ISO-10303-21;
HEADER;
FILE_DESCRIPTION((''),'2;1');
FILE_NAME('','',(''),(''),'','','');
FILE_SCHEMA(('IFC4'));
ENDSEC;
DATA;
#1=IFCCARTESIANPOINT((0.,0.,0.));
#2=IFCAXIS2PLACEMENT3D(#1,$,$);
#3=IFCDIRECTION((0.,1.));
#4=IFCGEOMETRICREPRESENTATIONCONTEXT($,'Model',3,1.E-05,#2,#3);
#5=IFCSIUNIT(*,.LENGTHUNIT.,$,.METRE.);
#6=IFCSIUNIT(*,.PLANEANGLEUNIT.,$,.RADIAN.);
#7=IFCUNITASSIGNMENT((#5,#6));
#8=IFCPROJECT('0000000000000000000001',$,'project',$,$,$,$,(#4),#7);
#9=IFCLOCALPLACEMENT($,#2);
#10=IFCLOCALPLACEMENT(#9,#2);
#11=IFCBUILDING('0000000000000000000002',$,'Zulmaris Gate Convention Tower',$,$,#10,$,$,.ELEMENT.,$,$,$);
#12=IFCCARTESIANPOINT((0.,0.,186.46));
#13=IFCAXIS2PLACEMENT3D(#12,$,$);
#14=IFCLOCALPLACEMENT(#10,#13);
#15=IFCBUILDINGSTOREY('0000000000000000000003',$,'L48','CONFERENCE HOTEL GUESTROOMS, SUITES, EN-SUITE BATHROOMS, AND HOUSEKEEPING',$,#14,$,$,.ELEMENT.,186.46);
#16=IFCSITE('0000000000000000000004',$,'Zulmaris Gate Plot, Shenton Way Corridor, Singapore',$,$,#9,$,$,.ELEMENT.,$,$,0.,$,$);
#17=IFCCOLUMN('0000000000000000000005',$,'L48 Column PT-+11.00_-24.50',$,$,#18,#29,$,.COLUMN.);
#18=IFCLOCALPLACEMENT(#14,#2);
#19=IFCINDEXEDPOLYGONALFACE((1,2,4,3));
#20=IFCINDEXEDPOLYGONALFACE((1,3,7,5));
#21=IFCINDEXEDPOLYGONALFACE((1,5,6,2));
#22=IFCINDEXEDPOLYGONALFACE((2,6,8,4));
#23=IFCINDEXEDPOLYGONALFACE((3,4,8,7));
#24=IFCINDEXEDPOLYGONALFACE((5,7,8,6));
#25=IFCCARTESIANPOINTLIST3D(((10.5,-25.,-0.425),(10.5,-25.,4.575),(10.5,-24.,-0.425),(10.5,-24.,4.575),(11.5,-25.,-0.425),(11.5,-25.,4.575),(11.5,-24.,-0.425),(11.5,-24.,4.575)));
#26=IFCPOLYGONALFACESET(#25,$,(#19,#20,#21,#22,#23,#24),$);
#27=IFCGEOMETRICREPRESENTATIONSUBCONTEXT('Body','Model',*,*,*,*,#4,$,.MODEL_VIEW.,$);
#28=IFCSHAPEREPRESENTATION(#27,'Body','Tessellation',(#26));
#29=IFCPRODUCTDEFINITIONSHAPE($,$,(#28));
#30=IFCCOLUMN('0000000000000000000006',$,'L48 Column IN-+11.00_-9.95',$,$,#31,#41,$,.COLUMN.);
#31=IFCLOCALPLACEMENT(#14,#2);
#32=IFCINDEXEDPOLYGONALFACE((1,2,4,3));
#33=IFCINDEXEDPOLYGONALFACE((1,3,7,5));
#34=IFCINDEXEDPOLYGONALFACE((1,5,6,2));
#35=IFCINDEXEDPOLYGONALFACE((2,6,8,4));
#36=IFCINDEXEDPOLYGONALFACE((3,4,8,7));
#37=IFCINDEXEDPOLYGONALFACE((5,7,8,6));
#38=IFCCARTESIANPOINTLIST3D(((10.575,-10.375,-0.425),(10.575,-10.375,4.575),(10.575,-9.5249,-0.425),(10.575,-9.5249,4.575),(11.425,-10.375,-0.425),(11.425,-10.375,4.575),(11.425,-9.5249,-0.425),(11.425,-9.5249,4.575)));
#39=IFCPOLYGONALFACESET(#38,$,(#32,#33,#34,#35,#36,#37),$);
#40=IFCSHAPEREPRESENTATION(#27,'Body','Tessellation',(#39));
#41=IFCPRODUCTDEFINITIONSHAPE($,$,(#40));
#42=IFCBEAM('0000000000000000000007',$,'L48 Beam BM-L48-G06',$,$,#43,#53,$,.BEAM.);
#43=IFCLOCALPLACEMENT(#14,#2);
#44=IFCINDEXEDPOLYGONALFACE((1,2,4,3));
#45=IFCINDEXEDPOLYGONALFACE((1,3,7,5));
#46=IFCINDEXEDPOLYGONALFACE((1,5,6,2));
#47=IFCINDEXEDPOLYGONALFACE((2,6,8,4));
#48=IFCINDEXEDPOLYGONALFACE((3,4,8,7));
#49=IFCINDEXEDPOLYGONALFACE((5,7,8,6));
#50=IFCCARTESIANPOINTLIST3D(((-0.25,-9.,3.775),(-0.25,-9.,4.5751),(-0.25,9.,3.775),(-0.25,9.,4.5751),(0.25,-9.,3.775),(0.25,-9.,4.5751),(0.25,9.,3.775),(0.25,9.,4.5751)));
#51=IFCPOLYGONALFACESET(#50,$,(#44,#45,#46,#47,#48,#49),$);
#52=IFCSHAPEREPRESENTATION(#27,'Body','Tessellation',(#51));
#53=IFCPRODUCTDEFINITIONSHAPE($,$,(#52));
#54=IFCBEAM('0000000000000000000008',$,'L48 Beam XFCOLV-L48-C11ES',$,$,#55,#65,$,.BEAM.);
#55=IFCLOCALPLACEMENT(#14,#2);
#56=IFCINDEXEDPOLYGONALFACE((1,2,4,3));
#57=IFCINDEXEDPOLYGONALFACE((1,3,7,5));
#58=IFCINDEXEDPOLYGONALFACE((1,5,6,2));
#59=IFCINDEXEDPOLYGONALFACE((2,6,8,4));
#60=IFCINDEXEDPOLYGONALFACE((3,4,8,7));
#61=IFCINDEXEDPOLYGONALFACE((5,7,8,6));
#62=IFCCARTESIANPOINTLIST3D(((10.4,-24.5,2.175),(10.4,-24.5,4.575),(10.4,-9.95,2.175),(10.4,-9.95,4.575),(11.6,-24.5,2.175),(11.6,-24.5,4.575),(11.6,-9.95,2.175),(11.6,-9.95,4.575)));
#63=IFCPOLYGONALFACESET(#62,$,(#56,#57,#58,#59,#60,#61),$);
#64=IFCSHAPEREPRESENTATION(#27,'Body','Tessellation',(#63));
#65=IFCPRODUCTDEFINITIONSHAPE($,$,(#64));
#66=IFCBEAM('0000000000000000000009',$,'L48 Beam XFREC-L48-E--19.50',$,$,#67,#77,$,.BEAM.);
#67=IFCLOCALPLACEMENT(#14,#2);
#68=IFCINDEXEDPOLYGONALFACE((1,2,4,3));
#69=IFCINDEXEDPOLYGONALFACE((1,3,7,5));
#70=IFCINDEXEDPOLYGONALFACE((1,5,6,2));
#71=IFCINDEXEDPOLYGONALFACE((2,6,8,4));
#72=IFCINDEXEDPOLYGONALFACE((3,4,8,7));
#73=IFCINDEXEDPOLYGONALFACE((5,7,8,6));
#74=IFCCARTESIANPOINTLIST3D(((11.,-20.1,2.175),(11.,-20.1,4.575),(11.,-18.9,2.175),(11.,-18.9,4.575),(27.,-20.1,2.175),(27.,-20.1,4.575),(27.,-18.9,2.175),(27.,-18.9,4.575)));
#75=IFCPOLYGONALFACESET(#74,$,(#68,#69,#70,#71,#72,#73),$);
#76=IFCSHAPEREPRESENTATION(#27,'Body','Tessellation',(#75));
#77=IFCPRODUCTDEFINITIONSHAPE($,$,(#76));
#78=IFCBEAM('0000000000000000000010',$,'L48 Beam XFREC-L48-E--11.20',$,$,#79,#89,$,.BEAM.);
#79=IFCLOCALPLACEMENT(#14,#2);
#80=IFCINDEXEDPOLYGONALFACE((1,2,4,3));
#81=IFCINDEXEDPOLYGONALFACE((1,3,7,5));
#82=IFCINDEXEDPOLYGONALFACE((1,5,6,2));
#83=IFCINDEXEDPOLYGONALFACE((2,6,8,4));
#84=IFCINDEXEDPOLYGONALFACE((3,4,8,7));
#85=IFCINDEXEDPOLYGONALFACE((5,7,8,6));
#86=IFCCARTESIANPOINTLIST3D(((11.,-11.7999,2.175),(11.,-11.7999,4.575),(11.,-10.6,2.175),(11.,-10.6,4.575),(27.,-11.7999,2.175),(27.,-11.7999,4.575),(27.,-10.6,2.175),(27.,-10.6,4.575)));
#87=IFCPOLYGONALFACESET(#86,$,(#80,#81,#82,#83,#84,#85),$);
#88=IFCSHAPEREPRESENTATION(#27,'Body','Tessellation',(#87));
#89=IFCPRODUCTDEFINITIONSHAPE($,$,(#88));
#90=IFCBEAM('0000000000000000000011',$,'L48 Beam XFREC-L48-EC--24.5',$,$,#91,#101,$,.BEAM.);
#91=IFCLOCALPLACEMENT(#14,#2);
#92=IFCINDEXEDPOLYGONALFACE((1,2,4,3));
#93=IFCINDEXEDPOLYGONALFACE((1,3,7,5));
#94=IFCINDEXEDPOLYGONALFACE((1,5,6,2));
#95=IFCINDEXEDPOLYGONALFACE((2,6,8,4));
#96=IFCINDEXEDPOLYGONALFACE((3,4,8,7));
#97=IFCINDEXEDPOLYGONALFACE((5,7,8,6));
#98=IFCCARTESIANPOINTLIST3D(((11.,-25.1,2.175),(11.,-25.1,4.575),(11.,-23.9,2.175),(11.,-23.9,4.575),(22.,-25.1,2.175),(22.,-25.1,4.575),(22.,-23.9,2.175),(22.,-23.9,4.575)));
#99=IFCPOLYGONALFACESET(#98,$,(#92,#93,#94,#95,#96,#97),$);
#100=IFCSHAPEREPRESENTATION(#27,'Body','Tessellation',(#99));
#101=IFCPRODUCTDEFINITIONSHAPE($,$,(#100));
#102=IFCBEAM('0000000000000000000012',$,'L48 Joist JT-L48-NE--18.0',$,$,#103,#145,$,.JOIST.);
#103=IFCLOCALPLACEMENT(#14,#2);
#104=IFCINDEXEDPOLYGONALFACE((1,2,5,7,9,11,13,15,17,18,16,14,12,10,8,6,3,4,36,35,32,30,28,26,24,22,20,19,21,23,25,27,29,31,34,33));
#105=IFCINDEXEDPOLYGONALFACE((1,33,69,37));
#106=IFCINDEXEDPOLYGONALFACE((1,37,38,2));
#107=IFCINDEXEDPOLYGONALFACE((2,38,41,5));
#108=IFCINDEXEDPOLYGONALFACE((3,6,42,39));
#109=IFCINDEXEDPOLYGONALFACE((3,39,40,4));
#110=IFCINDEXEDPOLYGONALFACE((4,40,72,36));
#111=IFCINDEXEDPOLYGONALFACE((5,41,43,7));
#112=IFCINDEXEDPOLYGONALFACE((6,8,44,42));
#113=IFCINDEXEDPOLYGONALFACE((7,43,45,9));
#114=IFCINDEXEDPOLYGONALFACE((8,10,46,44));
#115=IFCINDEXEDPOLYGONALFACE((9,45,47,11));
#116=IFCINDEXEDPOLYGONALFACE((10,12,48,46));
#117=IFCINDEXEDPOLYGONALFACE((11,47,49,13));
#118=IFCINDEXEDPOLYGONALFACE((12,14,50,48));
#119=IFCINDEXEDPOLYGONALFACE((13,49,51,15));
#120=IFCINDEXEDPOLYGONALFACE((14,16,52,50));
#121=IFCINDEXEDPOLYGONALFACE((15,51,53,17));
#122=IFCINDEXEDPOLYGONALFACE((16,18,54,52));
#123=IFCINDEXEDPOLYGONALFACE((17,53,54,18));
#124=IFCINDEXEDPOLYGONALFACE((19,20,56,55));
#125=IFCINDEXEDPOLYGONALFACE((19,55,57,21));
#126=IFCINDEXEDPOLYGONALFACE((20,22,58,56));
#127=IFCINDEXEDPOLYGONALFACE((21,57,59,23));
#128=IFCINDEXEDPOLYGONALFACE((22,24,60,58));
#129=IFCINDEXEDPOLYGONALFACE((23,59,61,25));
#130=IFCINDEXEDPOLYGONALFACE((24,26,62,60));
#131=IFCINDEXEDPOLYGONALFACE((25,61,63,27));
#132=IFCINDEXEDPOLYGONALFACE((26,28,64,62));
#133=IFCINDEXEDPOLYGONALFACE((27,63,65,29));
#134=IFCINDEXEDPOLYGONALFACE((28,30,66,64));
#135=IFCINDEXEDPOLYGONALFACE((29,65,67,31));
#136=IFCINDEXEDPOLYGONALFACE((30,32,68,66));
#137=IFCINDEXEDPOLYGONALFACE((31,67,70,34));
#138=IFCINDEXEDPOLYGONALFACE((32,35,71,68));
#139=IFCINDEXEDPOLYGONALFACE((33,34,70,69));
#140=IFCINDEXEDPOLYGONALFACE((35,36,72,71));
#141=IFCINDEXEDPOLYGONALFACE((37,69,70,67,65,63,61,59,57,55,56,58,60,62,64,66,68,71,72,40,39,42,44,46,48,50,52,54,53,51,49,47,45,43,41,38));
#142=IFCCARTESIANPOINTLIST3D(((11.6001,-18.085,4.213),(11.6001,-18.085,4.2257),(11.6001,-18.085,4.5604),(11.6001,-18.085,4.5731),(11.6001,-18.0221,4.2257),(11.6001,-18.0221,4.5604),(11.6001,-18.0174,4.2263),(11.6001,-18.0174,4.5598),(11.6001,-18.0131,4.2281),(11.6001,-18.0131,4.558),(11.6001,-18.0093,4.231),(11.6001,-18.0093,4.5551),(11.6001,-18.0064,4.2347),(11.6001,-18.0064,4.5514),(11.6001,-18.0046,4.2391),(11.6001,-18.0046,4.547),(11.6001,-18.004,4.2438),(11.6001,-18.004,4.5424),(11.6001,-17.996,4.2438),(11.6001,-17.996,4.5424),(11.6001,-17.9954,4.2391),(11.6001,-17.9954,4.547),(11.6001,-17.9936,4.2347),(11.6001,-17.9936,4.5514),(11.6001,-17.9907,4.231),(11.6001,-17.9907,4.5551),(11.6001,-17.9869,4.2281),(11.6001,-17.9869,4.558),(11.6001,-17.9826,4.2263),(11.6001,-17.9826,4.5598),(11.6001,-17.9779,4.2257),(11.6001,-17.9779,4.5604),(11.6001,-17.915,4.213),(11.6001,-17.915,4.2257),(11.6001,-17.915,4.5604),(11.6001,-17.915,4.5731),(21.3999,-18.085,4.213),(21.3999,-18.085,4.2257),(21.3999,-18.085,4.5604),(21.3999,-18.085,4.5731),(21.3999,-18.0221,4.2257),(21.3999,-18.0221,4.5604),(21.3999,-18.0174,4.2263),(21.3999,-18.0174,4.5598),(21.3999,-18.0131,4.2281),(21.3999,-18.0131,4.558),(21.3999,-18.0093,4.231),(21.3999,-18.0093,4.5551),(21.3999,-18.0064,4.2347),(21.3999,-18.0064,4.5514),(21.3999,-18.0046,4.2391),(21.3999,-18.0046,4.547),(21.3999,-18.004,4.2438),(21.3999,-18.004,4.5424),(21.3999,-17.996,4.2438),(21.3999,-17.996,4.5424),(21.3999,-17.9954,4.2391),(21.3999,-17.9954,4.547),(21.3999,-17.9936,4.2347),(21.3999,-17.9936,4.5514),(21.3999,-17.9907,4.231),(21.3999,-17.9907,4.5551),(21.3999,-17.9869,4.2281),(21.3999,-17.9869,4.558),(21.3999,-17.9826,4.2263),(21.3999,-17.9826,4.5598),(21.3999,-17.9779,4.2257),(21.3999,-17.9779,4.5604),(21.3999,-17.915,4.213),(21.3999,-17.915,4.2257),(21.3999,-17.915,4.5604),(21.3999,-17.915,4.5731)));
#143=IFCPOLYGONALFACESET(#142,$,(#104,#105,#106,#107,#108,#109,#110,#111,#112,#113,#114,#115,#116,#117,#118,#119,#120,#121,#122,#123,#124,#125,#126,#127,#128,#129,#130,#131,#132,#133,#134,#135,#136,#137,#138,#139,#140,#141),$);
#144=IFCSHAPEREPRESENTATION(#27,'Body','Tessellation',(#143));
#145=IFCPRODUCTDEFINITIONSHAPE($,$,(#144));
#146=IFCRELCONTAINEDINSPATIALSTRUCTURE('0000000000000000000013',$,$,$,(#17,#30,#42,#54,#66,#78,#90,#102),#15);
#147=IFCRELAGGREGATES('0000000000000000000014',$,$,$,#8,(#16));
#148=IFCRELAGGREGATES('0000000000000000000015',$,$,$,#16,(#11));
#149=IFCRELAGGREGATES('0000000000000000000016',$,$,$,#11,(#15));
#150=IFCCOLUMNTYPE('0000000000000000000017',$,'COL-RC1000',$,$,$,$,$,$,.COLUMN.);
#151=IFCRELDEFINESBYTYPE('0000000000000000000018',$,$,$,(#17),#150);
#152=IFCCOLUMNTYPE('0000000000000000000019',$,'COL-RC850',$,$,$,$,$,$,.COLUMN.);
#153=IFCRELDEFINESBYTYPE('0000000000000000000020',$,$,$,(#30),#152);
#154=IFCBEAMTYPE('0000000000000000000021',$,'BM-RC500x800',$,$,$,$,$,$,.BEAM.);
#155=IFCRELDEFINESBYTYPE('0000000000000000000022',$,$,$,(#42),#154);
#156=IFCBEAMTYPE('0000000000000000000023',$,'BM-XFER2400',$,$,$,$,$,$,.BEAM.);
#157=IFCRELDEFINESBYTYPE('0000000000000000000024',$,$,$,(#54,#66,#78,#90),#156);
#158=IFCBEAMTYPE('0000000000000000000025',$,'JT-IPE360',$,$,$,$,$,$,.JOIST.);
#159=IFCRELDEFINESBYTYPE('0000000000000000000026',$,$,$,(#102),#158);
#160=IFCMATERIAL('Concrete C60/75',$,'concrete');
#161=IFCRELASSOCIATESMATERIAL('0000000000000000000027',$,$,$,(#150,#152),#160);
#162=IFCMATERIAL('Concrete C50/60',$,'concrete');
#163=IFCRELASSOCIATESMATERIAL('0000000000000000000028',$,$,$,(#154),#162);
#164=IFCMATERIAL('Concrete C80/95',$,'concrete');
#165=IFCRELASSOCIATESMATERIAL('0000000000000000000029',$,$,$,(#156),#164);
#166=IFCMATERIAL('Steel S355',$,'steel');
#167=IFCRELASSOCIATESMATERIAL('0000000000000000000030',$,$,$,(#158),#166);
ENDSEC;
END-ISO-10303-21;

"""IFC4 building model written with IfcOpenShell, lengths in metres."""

from ifc_helpers import new_model, si_unit, direction, frame, origin, origin_2d, place, context, subcontext, project, spatial, rectangle, i_section, extrude, material, material_profile, profile_set, type_object, element, save


model = new_model("IFC4")

# Units and contexts
model_context = context("Model", 3, precision=1e-05, world=origin(), true_north=direction((0.0, 1.0)))
body_context = subcontext(model_context, "Body", "Model", "MODEL_VIEW")
ifc_project = project(units=[si_unit("LENGTHUNIT", "METRE"), si_unit("PLANEANGLEUNIT", "RADIAN")], contexts=[model_context])

# Site, building, storey
site_placement = place(None, origin())
site = spatial("IfcSite", under=ifc_project, at=site_placement, Name="Zulmaris Gate Plot, Shenton Way Corridor, Singapore", CompositionType="ELEMENT", RefElevation=0.0)
building_placement = place(site_placement, origin())
building = spatial("IfcBuilding", under=site, at=building_placement, Name="Zulmaris Gate Convention Tower", CompositionType="ELEMENT")
storey_placement = place(building_placement, frame((0.0, 0.0, 186.46)))
storey = spatial("IfcBuildingStorey", under=building, at=storey_placement, Name="L48", Description="CONFERENCE HOTEL GUESTROOMS, SUITES, EN-SUITE BATHROOMS, AND HOUSEKEEPING", CompositionType="ELEMENT", Elevation=186.46)

# Columns
ifc_material_1 = material(Name="Concrete C60/75", Category="concrete")
ifc_material_profile_1 = material_profile(ifc_material_1, rectangle(XDim=1.0, YDim=1.0, at=origin_2d()), Name="RC COL 1000x1000")
ifc_profile_set_1 = profile_set([ifc_material_profile_1], Name="Concrete C60/75")
column_type_1 = type_object("IfcColumnType", Name="COL-RC1000", PredefinedType="COLUMN", material=ifc_profile_set_1)
column_1_placement = place(storey_placement, frame((11.0, -24.5, -0.425), z_axis=(0.0, 0.0, 1.0), x_axis=(1.0, 0.0, 0.0)))
element("IfcColumn", 1, at=column_1_placement, inside=storey, type_object=column_type_1, Name="L48 Column PT-+11.00_-24.50", PredefinedType="COLUMN", context=body_context, shape_type="SweptSolid", body=[
    extrude(rectangle(XDim=1.0, YDim=1.0, at=origin_2d()), origin(), (0.0, 0.0, 1.0), 5.0),
])
ifc_material_profile_2 = material_profile(ifc_material_1, rectangle(XDim=0.8501, YDim=0.8501, at=origin_2d()), Name="RC COL 850x850")
ifc_profile_set_2 = profile_set([ifc_material_profile_2], Name="Concrete C60/75")
column_type_2 = type_object("IfcColumnType", Name="COL-RC850", PredefinedType="COLUMN", material=ifc_profile_set_2)
column_2_placement = place(storey_placement, frame((11.0, -9.95, -0.425), z_axis=(0.0, 0.0, 1.0), x_axis=(1.0, 0.0, 0.0)))
element("IfcColumn", 2, at=column_2_placement, inside=storey, type_object=column_type_2, Name="L48 Column IN-+11.00_-9.95", PredefinedType="COLUMN", context=body_context, shape_type="SweptSolid", body=[
    extrude(rectangle(XDim=0.8501, YDim=0.8501, at=origin_2d()), origin(), (0.0, 0.0, 1.0), 5.0),
])

# Beams
ifc_material_2 = material(Name="Concrete C50/60", Category="concrete")
ifc_material_profile_3 = material_profile(ifc_material_2, rectangle(XDim=0.5, YDim=0.8, at=origin_2d()), Name="RC BEAM 500x800")
ifc_profile_set_3 = profile_set([ifc_material_profile_3], Name="Concrete C50/60")
beam_type_1 = type_object("IfcBeamType", Name="BM-RC500x800", PredefinedType="BEAM", material=ifc_profile_set_3)
beam_1_placement = place(storey_placement, frame((0.0, -9.0, 4.175), z_axis=(0.0, 1.0, 0.0), x_axis=(-1.0, 0.0, 0.0)))
element("IfcBeam", 3, at=beam_1_placement, inside=storey, type_object=beam_type_1, Name="L48 Beam BM-L48-G06", PredefinedType="BEAM", context=body_context, shape_type="SweptSolid", body=[
    extrude(rectangle(XDim=0.5, YDim=0.8, at=origin_2d()), origin(), (0.0, 0.0, 1.0), 18.0),
])
ifc_material_3 = material(Name="Concrete C80/95", Category="concrete")
ifc_material_profile_4 = material_profile(ifc_material_3, rectangle(XDim=1.2, YDim=2.3999, at=origin_2d()), Name="RC TRANSFER 1200x2400")
ifc_profile_set_4 = profile_set([ifc_material_profile_4], Name="Concrete C80/95")
beam_type_2 = type_object("IfcBeamType", Name="BM-XFER2400", PredefinedType="BEAM", material=ifc_profile_set_4)
beam_2_placement = place(storey_placement, frame((11.0, -24.5, 3.375), z_axis=(0.0, 1.0, 0.0), x_axis=(-1.0, 0.0, 0.0)))
element("IfcBeam", 4, at=beam_2_placement, inside=storey, type_object=beam_type_2, Name="L48 Beam XFCOLV-L48-C11ES", PredefinedType="BEAM", context=body_context, shape_type="SweptSolid", body=[
    extrude(rectangle(XDim=1.2, YDim=2.3999, at=origin_2d()), origin(), (0.0, 0.0, 1.0), 14.55),
])
for number, where, z_axis, x_axis, name in (
    (5, (11.0, -19.5, 3.375), (1.0, 0.0, 0.0), (0.0, 1.0, 0.0), "L48 Beam XFREC-L48-E--19.50"),
    (6, (11.0, -11.2, 3.375), (1.0, 0.0, 0.0), (0.0, 1.0, 0.0), "L48 Beam XFREC-L48-E--11.20"),
):
    element("IfcBeam", number, at=place(storey_placement, frame(where, z_axis=z_axis, x_axis=x_axis)), inside=storey, type_object=beam_type_2, Name=name, PredefinedType="BEAM", context=body_context, shape_type="SweptSolid", body=[
        extrude(rectangle(XDim=1.2, YDim=2.3999, at=origin_2d()), origin(), (0.0, 0.0, 1.0), 16.0),
    ])
beam_3_placement = place(storey_placement, frame((11.0, -24.5, 3.375), z_axis=(1.0, 0.0, 0.0), x_axis=(0.0, 1.0, 0.0)))
element("IfcBeam", 7, at=beam_3_placement, inside=storey, type_object=beam_type_2, Name="L48 Beam XFREC-L48-EC--24.5", PredefinedType="BEAM", context=body_context, shape_type="SweptSolid", body=[
    extrude(rectangle(XDim=1.2, YDim=2.3999, at=origin_2d()), origin(), (0.0, 0.0, 1.0), 11.0),
])
ifc_material_4 = material(Name="Steel S355", Category="steel")
ifc_material_profile_5 = material_profile(ifc_material_4, i_section(OverallWidth=0.1699, OverallDepth=0.3601, WebThickness=0.0081, FlangeThickness=0.0127, FilletRadius=0.0181, at=origin_2d()), Name="IPE 360")
ifc_profile_set_5 = profile_set([ifc_material_profile_5], Name="Steel S355")
beam_type_3 = type_object("IfcBeamType", Name="JT-IPE360", PredefinedType="JOIST", material=ifc_profile_set_5)
beam_4_placement = place(storey_placement, frame((11.6001, -18.0, 4.3931), z_axis=(1.0, 0.0, 0.0), x_axis=(0.0, 1.0, 0.0)))
element("IfcBeam", 8, at=beam_4_placement, inside=storey, type_object=beam_type_3, Name="L48 Joist JT-L48-NE--18.0", PredefinedType="JOIST", context=body_context, shape_type="SweptSolid", body=[
    extrude(i_section(OverallWidth=0.1699, OverallDepth=0.3601, WebThickness=0.0081, FlangeThickness=0.0127, FilletRadius=0.0181, at=origin_2d()), origin(), (0.0, 0.0, 1.0), 9.7998),
])

save(model, "model.ifc")
